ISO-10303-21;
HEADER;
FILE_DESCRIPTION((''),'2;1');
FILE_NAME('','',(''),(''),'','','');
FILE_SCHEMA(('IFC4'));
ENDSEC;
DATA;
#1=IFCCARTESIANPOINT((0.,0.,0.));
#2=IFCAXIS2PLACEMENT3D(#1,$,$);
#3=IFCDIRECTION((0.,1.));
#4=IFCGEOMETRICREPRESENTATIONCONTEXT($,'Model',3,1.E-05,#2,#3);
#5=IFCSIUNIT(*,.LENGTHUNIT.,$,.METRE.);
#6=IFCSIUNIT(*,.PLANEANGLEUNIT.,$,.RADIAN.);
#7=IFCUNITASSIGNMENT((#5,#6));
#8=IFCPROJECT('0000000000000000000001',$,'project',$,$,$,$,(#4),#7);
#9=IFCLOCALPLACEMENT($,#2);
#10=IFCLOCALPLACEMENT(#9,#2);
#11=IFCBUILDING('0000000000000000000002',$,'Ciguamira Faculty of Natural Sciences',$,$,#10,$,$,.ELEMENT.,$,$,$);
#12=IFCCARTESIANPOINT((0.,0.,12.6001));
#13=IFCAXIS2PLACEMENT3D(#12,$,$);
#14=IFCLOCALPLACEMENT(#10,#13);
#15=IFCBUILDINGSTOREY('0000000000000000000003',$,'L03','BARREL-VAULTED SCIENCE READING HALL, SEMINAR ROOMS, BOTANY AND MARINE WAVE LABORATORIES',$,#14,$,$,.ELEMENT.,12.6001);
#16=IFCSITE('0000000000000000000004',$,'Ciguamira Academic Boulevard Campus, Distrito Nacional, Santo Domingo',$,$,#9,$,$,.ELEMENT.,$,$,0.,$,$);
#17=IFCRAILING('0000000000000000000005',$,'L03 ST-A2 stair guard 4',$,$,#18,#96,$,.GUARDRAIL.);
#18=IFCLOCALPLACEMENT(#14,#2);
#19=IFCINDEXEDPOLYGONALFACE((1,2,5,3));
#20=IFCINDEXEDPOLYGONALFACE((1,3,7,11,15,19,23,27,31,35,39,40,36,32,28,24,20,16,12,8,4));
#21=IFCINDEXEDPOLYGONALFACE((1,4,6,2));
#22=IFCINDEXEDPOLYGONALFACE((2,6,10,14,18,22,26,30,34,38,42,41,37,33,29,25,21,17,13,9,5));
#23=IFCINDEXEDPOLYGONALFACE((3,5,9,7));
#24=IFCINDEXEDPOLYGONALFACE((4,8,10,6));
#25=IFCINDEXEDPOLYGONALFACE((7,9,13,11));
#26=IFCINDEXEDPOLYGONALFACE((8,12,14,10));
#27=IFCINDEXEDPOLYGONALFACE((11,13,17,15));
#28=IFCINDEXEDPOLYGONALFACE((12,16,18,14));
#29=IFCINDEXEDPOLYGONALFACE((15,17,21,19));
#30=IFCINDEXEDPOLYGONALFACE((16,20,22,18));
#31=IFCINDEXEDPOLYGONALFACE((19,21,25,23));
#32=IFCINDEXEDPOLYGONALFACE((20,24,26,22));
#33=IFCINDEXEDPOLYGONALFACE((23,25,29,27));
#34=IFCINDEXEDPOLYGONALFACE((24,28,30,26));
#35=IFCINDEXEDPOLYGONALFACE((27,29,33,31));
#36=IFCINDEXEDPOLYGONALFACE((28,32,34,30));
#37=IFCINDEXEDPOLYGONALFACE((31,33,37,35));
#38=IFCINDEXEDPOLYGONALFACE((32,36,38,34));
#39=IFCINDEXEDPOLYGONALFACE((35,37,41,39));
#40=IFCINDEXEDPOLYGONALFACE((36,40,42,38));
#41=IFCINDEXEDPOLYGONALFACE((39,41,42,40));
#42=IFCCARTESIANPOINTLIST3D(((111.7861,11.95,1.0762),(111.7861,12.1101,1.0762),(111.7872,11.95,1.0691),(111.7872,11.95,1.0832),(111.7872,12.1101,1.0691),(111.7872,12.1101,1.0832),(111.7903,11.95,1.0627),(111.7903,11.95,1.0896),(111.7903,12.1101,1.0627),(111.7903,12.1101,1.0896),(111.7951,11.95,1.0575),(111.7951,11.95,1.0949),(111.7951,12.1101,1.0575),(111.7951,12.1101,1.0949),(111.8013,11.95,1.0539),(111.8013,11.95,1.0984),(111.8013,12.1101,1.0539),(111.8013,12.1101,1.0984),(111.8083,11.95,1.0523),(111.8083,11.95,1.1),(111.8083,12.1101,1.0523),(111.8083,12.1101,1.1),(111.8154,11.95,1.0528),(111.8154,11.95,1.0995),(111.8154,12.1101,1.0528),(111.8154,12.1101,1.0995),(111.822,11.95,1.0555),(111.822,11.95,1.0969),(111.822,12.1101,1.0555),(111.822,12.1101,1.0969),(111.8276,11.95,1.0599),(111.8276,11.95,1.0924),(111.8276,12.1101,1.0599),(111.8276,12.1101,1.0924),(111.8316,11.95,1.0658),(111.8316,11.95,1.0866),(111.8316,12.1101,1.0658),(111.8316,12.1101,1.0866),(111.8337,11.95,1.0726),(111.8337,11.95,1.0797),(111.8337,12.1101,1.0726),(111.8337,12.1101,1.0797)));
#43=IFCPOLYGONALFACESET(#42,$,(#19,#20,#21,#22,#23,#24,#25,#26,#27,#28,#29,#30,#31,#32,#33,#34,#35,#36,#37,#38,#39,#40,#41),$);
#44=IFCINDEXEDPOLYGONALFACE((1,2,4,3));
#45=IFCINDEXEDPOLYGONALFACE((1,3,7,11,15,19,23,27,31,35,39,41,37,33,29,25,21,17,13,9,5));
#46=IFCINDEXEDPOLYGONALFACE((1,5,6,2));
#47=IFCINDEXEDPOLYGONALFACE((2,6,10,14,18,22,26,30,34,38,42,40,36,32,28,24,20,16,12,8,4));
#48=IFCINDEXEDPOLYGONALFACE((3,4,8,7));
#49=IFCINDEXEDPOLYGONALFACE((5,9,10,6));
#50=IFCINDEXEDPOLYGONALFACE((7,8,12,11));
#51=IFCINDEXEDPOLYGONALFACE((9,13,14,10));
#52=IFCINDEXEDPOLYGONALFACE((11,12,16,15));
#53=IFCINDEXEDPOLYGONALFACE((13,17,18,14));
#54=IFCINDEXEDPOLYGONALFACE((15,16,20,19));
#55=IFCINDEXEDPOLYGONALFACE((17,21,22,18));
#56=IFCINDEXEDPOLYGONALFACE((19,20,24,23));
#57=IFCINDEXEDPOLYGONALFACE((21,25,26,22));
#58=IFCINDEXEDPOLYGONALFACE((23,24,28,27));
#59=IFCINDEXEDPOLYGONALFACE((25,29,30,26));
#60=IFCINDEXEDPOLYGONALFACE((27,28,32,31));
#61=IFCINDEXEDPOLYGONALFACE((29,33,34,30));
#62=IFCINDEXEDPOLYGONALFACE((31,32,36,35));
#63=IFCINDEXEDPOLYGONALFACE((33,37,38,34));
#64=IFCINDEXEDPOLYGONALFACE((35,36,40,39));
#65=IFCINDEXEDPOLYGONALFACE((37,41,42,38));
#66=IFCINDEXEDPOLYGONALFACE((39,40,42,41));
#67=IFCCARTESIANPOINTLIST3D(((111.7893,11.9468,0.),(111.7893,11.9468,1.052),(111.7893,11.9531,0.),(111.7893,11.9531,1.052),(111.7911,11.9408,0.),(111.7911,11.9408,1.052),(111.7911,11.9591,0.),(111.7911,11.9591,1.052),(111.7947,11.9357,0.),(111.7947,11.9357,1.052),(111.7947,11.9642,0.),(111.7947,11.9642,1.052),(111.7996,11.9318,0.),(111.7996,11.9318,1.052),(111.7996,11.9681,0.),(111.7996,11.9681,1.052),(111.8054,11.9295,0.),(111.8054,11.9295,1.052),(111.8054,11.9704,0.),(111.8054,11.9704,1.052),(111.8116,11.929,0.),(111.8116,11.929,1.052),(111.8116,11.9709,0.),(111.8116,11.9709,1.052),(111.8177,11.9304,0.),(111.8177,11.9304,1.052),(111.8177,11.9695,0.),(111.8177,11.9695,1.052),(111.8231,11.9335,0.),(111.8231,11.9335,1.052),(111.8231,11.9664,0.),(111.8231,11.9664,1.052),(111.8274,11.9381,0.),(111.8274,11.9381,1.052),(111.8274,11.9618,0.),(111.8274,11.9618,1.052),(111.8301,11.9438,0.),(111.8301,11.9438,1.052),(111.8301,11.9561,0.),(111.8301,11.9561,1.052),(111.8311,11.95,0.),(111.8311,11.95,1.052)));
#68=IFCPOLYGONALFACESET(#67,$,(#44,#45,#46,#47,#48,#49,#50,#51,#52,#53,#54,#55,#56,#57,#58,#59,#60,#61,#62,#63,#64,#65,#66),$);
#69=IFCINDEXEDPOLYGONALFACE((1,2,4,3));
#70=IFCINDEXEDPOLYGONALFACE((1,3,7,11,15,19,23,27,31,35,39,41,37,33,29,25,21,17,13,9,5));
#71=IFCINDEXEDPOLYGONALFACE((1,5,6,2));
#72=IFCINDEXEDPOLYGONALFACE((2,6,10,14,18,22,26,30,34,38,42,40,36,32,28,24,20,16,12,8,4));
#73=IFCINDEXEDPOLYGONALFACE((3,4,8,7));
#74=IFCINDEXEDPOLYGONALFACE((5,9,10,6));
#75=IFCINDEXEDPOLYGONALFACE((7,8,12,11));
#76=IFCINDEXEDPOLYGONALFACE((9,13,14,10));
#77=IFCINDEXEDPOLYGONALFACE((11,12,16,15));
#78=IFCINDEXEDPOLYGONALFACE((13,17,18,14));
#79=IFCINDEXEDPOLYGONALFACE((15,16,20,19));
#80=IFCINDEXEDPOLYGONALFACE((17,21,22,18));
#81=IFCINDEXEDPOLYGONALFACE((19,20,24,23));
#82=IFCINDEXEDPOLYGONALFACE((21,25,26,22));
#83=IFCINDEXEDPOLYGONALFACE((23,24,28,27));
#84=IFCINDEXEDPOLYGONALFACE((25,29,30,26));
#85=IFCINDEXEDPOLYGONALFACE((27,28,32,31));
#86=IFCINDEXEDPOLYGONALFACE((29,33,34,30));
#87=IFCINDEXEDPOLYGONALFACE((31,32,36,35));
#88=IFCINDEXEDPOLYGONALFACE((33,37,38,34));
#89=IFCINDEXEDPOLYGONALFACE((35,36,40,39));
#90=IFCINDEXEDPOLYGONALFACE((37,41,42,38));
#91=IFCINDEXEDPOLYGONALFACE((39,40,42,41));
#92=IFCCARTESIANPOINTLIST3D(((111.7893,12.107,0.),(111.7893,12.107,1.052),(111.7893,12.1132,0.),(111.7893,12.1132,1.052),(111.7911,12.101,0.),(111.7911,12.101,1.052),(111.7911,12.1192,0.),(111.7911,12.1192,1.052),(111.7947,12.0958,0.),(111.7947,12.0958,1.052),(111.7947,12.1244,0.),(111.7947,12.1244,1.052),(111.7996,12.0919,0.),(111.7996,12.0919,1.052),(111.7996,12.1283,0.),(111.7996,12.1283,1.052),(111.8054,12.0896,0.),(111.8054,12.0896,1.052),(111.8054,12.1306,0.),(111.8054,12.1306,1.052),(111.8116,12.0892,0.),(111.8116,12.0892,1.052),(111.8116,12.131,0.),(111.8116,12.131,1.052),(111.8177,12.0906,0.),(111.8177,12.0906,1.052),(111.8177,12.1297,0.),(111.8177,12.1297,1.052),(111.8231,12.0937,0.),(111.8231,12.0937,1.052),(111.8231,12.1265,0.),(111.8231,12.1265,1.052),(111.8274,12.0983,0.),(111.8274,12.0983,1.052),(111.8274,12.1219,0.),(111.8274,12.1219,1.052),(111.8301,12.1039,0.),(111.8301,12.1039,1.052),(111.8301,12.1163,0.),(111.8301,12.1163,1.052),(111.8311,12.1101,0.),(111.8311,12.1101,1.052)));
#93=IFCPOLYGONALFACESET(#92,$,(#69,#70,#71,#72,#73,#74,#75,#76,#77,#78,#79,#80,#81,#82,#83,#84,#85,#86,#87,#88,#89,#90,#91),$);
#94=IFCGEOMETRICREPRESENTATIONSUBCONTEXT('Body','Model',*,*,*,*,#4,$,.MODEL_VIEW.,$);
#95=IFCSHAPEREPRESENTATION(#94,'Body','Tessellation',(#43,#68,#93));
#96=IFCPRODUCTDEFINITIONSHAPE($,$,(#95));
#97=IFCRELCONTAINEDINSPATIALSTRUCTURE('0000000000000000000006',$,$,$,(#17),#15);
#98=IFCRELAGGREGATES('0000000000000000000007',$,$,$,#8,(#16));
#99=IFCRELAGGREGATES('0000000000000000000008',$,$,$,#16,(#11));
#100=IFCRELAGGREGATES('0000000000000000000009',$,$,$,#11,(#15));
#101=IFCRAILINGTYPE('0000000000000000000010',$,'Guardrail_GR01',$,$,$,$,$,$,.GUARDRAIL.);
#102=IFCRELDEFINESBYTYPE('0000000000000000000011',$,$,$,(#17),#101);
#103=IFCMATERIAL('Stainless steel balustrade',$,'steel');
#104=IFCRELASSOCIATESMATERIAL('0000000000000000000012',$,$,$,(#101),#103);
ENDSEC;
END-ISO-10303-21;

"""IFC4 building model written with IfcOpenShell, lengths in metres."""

from ifc_helpers import new_model, si_unit, direction, frame, origin, origin_2d, place, context, subcontext, project, spatial, circle, extrude, material, type_object, element, save


model = new_model("IFC4")

# Units and contexts
model_context = context("Model", 3, precision=1e-05, world=origin(), true_north=direction((0.0, 1.0)))
body_context = subcontext(model_context, "Body", "Model", "MODEL_VIEW")
ifc_project = project(units=[si_unit("LENGTHUNIT", "METRE"), si_unit("PLANEANGLEUNIT", "RADIAN")], contexts=[model_context])

# Site, building, storey
site_placement = place(None, origin())
site = spatial("IfcSite", under=ifc_project, at=site_placement, Name="Ciguamira Academic Boulevard Campus, Distrito Nacional, Santo Domingo", CompositionType="ELEMENT", RefElevation=0.0)
building_placement = place(site_placement, origin())
building = spatial("IfcBuilding", under=site, at=building_placement, Name="Ciguamira Faculty of Natural Sciences", CompositionType="ELEMENT")
storey_placement = place(building_placement, frame((0.0, 0.0, 12.6001)))
storey = spatial("IfcBuildingStorey", under=building, at=storey_placement, Name="L03", Description="BARREL-VAULTED SCIENCE READING HALL, SEMINAR ROOMS, BOTANY AND MARINE WAVE LABORATORIES", CompositionType="ELEMENT", Elevation=12.6001)

# Railing
ifc_material_1 = material(Name="Stainless steel balustrade", Category="steel")
railing_type_1 = type_object("IfcRailingType", Name="Guardrail_GR01", PredefinedType="GUARDRAIL", material=ifc_material_1)
railing_1_placement = place(storey_placement, frame((111.8101, 11.95, 0.0)))
element("IfcRailing", 1, at=railing_1_placement, inside=storey, type_object=railing_type_1, Name="L03 ST-A2 stair guard 4", PredefinedType="GUARDRAIL", context=body_context, shape_type="SweptSolid", body=[
    extrude(circle(Radius=0.0239, at=origin_2d()), frame((0.0, 0.0, 1.0762), z_axis=(0.0, 1.0, 0.0), x_axis=(-1.0, 0.0, 0.0)), (0.0, 0.0, 1.0), 0.1602),
    extrude(circle(Radius=0.021, at=origin_2d()), origin(), (0.0, 0.0, 1.0), 1.052),
    extrude(circle(Radius=0.021, at=origin_2d()), frame((0.0, 0.1602, 0.0)), (0.0, 0.0, 1.0), 1.052),
])

save(model, "model.ifc")
